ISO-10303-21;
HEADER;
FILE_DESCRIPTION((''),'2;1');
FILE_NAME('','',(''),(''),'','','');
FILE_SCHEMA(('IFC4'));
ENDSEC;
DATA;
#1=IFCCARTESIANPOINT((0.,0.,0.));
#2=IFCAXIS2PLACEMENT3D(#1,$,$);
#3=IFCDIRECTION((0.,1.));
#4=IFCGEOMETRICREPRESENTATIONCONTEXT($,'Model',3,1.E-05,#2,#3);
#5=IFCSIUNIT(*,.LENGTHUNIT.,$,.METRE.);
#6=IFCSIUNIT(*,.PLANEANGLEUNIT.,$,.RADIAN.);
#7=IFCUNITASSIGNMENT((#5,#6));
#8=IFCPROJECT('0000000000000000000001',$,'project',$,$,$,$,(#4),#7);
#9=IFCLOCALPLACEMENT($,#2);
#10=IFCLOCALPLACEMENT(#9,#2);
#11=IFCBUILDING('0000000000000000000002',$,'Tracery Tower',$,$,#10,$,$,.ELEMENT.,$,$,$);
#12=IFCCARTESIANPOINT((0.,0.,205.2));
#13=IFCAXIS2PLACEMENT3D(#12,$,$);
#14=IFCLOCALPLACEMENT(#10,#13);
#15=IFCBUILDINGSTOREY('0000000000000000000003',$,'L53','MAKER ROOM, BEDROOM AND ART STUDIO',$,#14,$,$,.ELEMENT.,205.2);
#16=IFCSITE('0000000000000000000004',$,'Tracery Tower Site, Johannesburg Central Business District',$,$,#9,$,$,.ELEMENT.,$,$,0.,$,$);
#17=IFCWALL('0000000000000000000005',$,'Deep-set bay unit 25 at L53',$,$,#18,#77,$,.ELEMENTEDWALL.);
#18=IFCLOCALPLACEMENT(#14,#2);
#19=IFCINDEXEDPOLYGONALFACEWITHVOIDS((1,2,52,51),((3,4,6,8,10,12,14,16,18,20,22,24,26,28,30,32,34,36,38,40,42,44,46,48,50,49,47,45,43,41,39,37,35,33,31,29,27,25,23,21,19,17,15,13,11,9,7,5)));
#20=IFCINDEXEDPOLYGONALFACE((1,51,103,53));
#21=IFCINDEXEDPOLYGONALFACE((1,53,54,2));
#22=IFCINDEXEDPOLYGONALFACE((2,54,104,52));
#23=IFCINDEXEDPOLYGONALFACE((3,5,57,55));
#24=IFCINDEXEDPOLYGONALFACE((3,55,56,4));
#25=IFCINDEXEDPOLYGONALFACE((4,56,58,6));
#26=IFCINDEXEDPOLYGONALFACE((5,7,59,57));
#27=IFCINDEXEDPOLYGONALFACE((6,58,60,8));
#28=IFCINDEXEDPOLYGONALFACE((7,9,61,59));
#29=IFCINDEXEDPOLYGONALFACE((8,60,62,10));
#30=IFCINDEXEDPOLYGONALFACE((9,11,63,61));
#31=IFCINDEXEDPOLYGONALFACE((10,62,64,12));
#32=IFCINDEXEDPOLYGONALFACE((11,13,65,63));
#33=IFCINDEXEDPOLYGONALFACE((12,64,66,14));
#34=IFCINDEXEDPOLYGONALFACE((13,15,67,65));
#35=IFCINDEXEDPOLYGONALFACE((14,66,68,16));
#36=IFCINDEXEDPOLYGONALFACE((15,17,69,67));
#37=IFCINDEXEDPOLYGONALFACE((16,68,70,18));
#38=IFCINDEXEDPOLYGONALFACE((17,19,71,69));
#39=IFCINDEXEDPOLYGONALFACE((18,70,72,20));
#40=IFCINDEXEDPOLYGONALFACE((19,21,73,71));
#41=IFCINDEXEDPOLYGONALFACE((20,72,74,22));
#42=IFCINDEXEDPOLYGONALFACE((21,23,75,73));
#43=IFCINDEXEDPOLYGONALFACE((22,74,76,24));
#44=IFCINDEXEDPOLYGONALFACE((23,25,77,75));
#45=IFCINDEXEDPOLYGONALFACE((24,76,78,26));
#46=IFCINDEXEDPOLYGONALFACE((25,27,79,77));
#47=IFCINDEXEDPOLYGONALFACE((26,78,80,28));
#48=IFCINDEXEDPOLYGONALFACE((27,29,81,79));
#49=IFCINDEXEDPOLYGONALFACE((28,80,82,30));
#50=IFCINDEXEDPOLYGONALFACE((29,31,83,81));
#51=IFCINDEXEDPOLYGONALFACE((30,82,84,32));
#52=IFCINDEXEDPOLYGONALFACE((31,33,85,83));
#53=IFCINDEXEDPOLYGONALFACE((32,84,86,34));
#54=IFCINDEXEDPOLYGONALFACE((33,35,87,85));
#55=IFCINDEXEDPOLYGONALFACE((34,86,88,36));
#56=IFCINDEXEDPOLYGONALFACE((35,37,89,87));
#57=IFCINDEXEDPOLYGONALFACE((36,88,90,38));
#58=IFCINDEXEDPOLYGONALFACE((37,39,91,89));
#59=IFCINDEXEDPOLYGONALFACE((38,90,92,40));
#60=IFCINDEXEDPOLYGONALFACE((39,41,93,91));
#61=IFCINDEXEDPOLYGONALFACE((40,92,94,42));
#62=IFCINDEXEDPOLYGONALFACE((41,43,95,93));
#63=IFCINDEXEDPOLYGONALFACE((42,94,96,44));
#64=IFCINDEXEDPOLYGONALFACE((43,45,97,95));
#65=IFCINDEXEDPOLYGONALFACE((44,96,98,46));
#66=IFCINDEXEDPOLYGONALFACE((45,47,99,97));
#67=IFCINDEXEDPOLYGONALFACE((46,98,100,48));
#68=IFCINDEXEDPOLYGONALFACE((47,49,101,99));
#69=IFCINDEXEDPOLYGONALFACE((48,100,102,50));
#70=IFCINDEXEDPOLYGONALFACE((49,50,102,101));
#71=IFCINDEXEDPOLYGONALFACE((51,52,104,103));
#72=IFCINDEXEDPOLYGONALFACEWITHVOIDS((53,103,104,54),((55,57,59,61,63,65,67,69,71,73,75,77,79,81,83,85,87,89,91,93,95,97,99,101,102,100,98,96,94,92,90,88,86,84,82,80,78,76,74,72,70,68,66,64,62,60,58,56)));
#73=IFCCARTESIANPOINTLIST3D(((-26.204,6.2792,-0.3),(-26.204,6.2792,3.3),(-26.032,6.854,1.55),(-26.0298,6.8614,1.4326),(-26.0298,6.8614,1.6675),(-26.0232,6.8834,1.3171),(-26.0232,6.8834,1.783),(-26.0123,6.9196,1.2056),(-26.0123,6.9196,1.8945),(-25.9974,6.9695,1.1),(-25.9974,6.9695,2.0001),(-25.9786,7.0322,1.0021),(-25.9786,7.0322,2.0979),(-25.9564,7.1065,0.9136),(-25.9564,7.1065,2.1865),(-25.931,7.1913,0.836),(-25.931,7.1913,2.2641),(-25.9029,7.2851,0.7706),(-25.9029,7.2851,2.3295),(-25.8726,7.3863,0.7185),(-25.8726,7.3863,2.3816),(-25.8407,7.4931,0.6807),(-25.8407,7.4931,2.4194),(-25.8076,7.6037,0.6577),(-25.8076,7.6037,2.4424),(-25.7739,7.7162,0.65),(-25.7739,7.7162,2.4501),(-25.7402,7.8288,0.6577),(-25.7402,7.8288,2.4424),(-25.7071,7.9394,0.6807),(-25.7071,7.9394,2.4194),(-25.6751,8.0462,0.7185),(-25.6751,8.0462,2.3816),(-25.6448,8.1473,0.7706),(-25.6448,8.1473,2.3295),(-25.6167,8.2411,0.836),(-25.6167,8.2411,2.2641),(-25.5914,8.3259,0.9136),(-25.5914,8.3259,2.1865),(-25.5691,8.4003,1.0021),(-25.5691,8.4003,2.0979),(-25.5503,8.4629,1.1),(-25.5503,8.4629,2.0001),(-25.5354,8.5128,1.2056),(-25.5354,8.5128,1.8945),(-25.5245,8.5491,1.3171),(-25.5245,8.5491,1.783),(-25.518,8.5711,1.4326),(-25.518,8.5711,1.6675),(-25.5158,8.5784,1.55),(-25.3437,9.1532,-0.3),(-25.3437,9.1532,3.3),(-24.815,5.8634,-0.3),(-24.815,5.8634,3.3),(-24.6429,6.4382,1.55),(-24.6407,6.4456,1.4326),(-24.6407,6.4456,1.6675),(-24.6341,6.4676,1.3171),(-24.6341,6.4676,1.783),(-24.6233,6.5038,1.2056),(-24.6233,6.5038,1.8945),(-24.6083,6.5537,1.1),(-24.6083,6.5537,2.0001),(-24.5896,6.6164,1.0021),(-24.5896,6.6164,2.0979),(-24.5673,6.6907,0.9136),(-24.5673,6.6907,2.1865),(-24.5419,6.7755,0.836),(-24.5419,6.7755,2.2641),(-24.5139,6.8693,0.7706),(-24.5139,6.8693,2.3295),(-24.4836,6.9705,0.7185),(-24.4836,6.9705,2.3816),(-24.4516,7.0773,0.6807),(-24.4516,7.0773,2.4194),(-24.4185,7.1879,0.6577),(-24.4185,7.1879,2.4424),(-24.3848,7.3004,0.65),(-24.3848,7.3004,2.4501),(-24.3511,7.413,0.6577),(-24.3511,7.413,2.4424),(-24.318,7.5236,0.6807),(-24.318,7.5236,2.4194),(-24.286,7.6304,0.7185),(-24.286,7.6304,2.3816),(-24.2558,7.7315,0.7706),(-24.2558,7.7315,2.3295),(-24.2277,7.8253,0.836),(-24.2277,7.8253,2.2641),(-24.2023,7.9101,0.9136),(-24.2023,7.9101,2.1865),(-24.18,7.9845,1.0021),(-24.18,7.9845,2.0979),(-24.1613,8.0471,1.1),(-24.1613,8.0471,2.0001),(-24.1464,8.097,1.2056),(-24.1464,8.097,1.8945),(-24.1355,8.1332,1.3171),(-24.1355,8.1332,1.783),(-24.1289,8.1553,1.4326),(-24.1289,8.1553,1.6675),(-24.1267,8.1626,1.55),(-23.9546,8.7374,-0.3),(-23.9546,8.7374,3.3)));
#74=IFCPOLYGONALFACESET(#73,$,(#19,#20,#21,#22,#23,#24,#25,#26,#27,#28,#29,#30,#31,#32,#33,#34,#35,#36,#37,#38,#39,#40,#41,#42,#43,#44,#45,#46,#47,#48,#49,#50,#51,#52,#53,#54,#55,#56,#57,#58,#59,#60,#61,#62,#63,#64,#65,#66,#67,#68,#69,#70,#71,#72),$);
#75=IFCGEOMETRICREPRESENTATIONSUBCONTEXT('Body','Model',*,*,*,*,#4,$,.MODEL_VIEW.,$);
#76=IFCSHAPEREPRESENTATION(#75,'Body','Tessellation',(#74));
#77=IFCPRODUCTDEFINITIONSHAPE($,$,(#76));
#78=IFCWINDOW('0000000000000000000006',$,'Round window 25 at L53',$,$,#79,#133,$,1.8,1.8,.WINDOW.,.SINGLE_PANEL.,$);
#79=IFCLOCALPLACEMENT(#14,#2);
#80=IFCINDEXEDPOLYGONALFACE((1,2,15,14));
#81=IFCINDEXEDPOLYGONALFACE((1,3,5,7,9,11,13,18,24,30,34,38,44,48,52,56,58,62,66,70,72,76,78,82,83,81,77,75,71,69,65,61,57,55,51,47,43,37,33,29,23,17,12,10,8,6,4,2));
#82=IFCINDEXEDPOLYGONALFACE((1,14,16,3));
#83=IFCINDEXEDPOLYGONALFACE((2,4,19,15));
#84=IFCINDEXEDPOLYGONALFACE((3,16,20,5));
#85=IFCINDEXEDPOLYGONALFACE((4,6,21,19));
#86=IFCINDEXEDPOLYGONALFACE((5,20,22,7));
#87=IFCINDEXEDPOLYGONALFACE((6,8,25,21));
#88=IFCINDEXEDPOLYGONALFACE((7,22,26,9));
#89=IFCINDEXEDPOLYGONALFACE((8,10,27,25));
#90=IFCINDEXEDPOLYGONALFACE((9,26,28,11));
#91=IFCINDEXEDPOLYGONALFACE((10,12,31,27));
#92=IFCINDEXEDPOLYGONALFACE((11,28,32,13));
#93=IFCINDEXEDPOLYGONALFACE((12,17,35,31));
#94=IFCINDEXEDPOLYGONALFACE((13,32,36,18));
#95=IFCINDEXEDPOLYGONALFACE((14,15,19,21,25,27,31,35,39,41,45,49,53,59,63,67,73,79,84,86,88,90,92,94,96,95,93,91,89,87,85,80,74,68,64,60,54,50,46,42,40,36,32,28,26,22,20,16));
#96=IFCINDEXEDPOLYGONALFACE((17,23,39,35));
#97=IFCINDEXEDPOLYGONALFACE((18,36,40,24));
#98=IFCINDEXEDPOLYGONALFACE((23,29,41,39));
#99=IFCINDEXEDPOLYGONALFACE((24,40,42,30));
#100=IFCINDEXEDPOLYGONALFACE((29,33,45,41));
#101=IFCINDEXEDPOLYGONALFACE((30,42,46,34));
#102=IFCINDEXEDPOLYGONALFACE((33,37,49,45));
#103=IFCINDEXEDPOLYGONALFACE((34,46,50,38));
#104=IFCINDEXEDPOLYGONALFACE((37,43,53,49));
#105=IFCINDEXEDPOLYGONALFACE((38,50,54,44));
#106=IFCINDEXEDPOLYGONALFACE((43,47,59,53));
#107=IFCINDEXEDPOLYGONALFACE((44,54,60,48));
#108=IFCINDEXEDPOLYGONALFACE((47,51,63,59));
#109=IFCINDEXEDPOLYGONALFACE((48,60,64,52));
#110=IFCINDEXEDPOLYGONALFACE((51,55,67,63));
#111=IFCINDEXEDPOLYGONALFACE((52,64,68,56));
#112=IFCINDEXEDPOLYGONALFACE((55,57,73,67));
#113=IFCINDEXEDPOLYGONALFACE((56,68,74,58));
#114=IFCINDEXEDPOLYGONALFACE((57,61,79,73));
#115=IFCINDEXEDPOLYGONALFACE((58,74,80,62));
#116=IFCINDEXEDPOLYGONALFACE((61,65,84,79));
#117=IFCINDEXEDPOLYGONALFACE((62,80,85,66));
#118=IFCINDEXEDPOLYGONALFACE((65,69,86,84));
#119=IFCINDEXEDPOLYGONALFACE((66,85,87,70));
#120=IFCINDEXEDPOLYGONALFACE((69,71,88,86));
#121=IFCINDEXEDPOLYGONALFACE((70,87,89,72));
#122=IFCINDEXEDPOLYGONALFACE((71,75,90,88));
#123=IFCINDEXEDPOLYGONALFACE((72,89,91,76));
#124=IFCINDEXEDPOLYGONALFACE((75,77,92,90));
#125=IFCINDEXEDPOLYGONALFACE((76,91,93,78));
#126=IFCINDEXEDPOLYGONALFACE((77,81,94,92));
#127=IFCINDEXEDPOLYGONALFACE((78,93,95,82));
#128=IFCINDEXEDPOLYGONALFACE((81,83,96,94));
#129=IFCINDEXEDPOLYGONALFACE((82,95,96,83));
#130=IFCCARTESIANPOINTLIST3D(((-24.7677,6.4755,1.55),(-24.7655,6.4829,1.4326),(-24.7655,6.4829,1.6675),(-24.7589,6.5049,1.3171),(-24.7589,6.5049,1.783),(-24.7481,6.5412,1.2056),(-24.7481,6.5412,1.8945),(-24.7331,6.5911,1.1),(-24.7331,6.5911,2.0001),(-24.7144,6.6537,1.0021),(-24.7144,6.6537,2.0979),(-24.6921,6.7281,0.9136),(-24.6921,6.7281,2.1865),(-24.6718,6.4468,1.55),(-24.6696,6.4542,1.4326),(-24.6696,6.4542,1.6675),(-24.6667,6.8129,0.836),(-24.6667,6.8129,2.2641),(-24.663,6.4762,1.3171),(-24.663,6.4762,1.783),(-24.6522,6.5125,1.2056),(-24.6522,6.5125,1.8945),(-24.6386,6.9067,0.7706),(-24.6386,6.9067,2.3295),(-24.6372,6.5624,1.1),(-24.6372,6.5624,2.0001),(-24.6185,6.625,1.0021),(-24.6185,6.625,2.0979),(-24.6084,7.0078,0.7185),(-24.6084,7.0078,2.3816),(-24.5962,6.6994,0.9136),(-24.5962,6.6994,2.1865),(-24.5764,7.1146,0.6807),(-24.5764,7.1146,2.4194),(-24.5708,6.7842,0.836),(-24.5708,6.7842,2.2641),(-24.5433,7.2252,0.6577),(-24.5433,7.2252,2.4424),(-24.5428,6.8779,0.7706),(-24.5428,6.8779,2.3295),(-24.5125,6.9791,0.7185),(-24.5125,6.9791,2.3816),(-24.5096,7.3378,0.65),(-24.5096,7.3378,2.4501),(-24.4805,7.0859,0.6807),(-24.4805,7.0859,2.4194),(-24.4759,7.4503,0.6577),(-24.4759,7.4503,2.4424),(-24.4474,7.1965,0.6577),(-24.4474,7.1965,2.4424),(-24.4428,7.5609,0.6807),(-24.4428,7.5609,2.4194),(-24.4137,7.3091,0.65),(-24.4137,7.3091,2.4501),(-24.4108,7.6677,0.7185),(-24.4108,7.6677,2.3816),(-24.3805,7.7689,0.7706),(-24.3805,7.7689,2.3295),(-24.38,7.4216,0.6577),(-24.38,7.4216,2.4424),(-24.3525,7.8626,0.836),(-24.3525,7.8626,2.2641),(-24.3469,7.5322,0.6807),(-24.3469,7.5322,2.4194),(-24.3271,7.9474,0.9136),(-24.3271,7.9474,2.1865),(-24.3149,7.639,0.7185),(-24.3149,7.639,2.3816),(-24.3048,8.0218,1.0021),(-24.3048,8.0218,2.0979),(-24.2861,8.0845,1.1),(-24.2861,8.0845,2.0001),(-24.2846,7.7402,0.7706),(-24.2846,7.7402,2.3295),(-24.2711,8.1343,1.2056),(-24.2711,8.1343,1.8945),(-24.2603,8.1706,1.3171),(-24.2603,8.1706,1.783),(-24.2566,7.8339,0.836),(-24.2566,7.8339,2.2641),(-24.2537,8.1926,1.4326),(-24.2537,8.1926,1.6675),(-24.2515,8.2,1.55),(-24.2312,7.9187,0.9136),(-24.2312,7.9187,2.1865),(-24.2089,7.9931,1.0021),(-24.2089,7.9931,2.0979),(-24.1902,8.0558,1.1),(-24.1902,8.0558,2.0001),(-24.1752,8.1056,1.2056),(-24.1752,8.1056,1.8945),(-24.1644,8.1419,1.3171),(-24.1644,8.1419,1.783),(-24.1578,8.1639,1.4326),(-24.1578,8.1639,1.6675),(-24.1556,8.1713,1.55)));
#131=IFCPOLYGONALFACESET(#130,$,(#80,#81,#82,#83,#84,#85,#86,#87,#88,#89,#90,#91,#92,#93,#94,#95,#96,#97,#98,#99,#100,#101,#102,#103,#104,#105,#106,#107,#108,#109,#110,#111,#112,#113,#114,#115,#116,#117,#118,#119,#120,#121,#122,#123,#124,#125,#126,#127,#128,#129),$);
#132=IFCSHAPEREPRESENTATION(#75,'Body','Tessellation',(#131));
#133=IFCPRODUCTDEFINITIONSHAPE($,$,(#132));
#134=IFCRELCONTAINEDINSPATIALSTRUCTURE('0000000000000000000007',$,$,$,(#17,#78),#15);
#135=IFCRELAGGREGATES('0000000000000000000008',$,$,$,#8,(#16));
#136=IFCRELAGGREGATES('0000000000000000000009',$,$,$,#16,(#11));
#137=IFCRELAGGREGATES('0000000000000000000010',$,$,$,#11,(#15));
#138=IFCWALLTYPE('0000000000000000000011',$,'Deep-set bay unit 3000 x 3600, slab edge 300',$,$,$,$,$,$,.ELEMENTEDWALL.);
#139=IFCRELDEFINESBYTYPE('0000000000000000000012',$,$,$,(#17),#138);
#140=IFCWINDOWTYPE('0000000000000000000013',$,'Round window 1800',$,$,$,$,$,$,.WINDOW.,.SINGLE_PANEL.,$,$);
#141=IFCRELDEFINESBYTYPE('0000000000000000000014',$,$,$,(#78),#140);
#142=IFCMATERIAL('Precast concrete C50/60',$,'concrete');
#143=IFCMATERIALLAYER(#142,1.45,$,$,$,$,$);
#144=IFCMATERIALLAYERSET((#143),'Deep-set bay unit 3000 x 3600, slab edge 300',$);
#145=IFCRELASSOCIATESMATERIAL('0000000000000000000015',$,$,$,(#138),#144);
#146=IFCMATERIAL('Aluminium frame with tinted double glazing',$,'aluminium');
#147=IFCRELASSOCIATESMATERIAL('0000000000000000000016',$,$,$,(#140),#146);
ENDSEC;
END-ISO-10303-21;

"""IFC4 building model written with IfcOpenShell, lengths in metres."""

from ifc_helpers import new_model, si_unit, direction, frame, frame_2d, origin, origin_2d, place, context, subcontext, project, spatial, rectangle, circle, extrude, material, layer, layer_set, type_object, element, fill, save


model = new_model("IFC4")

# Units and contexts
model_context = context("Model", 3, precision=1e-05, world=origin(), true_north=direction((0.0, 1.0)))
body_context = subcontext(model_context, "Body", "Model", "MODEL_VIEW")
ifc_project = project(units=[si_unit("LENGTHUNIT", "METRE"), si_unit("PLANEANGLEUNIT", "RADIAN")], contexts=[model_context])

# Site, building, storey
site_placement = place(None, origin())
site = spatial("IfcSite", under=ifc_project, at=site_placement, Name="Tracery Tower Site, Johannesburg Central Business District", CompositionType="ELEMENT", RefElevation=0.0)
building_placement = place(site_placement, origin())
building = spatial("IfcBuilding", under=site, at=building_placement, Name="Tracery Tower", CompositionType="ELEMENT")
storey_placement = place(building_placement, frame((0.0, 0.0, 205.2)))
storey = spatial("IfcBuildingStorey", under=building, at=storey_placement, Name="L53", Description="MAKER ROOM, BEDROOM AND ART STUDIO", CompositionType="ELEMENT", Elevation=205.2)

# Wall, opening, window
ifc_material_1 = material(Name="Precast concrete C50/60", Category="concrete")
ifc_layer_1 = layer(ifc_material_1, 1.45)
ifc_layer_set_1 = layer_set([ifc_layer_1], Name="Deep-set bay unit 3000 x 3600, slab edge 300")
wall_type_1 = type_object("IfcWallType", Name="Deep-set bay unit 3000 x 3600, slab edge 300", PredefinedType="ELEMENTEDWALL", material=ifc_layer_set_1)
ifc_material_2 = material(Name="Aluminium frame with tinted double glazing", Category="aluminium")
window_type = type_object("IfcWindowType", Name="Round window 1800", PartitioningType="SINGLE_PANEL", PredefinedType="WINDOW", material=ifc_material_2)
wall_1_placement = place(storey_placement, frame((-24.6492, 8.9453, -0.3), z_axis=(0.0, 0.0, 1.0), x_axis=(-0.28678, -0.957996, 0.0)))
wall_1 = element("IfcWall", 1, at=wall_1_placement, inside=storey, type_object=wall_type_1, Name="Deep-set bay unit 25 at L53", PredefinedType="ELEMENTEDWALL", context=body_context, shape_type="SweptSolid", body=[
    extrude(rectangle(XDim=3.0, YDim=1.45, at=frame_2d((1.5, 0.0))), origin(), (0.0, 0.0, 1.0), 3.6001),
])
opening_1_placement = place(wall_1_placement, frame((1.5, 0.0, 1.8501)))
opening_1 = element("IfcOpeningElement", 2, at=opening_1_placement, cuts=wall_1, PredefinedType="OPENING", context=body_context, shape_type="SweptSolid", body=[
    extrude(circle(Radius=0.9, at=origin_2d()), frame((0.0, 0.7349, 0.0), z_axis=(0.0, -1.0, 0.0), x_axis=(1.0, 0.0, 0.0)), (0.0, 0.0, 1.0), 1.47),
])
window_1_placement = place(opening_1_placement, origin())
window_1 = element("IfcWindow", 3, at=window_1_placement, inside=storey, type_object=window_type, Name="Round window 25 at L53", OverallHeight=1.8, OverallWidth=1.8, PartitioningType="SINGLE_PANEL", PredefinedType="WINDOW", context=body_context, shape_type="SweptSolid", body=[
    extrude(circle(Radius=0.9, at=origin_2d()), frame((0.0, 0.6948, 0.0), z_axis=(0.0, -1.0, 0.0), x_axis=(1.0, 0.0, 0.0)), (0.0, 0.0, 1.0), 0.1001),
])
fill(opening_1, window_1)

save(model, "model.ifc")
